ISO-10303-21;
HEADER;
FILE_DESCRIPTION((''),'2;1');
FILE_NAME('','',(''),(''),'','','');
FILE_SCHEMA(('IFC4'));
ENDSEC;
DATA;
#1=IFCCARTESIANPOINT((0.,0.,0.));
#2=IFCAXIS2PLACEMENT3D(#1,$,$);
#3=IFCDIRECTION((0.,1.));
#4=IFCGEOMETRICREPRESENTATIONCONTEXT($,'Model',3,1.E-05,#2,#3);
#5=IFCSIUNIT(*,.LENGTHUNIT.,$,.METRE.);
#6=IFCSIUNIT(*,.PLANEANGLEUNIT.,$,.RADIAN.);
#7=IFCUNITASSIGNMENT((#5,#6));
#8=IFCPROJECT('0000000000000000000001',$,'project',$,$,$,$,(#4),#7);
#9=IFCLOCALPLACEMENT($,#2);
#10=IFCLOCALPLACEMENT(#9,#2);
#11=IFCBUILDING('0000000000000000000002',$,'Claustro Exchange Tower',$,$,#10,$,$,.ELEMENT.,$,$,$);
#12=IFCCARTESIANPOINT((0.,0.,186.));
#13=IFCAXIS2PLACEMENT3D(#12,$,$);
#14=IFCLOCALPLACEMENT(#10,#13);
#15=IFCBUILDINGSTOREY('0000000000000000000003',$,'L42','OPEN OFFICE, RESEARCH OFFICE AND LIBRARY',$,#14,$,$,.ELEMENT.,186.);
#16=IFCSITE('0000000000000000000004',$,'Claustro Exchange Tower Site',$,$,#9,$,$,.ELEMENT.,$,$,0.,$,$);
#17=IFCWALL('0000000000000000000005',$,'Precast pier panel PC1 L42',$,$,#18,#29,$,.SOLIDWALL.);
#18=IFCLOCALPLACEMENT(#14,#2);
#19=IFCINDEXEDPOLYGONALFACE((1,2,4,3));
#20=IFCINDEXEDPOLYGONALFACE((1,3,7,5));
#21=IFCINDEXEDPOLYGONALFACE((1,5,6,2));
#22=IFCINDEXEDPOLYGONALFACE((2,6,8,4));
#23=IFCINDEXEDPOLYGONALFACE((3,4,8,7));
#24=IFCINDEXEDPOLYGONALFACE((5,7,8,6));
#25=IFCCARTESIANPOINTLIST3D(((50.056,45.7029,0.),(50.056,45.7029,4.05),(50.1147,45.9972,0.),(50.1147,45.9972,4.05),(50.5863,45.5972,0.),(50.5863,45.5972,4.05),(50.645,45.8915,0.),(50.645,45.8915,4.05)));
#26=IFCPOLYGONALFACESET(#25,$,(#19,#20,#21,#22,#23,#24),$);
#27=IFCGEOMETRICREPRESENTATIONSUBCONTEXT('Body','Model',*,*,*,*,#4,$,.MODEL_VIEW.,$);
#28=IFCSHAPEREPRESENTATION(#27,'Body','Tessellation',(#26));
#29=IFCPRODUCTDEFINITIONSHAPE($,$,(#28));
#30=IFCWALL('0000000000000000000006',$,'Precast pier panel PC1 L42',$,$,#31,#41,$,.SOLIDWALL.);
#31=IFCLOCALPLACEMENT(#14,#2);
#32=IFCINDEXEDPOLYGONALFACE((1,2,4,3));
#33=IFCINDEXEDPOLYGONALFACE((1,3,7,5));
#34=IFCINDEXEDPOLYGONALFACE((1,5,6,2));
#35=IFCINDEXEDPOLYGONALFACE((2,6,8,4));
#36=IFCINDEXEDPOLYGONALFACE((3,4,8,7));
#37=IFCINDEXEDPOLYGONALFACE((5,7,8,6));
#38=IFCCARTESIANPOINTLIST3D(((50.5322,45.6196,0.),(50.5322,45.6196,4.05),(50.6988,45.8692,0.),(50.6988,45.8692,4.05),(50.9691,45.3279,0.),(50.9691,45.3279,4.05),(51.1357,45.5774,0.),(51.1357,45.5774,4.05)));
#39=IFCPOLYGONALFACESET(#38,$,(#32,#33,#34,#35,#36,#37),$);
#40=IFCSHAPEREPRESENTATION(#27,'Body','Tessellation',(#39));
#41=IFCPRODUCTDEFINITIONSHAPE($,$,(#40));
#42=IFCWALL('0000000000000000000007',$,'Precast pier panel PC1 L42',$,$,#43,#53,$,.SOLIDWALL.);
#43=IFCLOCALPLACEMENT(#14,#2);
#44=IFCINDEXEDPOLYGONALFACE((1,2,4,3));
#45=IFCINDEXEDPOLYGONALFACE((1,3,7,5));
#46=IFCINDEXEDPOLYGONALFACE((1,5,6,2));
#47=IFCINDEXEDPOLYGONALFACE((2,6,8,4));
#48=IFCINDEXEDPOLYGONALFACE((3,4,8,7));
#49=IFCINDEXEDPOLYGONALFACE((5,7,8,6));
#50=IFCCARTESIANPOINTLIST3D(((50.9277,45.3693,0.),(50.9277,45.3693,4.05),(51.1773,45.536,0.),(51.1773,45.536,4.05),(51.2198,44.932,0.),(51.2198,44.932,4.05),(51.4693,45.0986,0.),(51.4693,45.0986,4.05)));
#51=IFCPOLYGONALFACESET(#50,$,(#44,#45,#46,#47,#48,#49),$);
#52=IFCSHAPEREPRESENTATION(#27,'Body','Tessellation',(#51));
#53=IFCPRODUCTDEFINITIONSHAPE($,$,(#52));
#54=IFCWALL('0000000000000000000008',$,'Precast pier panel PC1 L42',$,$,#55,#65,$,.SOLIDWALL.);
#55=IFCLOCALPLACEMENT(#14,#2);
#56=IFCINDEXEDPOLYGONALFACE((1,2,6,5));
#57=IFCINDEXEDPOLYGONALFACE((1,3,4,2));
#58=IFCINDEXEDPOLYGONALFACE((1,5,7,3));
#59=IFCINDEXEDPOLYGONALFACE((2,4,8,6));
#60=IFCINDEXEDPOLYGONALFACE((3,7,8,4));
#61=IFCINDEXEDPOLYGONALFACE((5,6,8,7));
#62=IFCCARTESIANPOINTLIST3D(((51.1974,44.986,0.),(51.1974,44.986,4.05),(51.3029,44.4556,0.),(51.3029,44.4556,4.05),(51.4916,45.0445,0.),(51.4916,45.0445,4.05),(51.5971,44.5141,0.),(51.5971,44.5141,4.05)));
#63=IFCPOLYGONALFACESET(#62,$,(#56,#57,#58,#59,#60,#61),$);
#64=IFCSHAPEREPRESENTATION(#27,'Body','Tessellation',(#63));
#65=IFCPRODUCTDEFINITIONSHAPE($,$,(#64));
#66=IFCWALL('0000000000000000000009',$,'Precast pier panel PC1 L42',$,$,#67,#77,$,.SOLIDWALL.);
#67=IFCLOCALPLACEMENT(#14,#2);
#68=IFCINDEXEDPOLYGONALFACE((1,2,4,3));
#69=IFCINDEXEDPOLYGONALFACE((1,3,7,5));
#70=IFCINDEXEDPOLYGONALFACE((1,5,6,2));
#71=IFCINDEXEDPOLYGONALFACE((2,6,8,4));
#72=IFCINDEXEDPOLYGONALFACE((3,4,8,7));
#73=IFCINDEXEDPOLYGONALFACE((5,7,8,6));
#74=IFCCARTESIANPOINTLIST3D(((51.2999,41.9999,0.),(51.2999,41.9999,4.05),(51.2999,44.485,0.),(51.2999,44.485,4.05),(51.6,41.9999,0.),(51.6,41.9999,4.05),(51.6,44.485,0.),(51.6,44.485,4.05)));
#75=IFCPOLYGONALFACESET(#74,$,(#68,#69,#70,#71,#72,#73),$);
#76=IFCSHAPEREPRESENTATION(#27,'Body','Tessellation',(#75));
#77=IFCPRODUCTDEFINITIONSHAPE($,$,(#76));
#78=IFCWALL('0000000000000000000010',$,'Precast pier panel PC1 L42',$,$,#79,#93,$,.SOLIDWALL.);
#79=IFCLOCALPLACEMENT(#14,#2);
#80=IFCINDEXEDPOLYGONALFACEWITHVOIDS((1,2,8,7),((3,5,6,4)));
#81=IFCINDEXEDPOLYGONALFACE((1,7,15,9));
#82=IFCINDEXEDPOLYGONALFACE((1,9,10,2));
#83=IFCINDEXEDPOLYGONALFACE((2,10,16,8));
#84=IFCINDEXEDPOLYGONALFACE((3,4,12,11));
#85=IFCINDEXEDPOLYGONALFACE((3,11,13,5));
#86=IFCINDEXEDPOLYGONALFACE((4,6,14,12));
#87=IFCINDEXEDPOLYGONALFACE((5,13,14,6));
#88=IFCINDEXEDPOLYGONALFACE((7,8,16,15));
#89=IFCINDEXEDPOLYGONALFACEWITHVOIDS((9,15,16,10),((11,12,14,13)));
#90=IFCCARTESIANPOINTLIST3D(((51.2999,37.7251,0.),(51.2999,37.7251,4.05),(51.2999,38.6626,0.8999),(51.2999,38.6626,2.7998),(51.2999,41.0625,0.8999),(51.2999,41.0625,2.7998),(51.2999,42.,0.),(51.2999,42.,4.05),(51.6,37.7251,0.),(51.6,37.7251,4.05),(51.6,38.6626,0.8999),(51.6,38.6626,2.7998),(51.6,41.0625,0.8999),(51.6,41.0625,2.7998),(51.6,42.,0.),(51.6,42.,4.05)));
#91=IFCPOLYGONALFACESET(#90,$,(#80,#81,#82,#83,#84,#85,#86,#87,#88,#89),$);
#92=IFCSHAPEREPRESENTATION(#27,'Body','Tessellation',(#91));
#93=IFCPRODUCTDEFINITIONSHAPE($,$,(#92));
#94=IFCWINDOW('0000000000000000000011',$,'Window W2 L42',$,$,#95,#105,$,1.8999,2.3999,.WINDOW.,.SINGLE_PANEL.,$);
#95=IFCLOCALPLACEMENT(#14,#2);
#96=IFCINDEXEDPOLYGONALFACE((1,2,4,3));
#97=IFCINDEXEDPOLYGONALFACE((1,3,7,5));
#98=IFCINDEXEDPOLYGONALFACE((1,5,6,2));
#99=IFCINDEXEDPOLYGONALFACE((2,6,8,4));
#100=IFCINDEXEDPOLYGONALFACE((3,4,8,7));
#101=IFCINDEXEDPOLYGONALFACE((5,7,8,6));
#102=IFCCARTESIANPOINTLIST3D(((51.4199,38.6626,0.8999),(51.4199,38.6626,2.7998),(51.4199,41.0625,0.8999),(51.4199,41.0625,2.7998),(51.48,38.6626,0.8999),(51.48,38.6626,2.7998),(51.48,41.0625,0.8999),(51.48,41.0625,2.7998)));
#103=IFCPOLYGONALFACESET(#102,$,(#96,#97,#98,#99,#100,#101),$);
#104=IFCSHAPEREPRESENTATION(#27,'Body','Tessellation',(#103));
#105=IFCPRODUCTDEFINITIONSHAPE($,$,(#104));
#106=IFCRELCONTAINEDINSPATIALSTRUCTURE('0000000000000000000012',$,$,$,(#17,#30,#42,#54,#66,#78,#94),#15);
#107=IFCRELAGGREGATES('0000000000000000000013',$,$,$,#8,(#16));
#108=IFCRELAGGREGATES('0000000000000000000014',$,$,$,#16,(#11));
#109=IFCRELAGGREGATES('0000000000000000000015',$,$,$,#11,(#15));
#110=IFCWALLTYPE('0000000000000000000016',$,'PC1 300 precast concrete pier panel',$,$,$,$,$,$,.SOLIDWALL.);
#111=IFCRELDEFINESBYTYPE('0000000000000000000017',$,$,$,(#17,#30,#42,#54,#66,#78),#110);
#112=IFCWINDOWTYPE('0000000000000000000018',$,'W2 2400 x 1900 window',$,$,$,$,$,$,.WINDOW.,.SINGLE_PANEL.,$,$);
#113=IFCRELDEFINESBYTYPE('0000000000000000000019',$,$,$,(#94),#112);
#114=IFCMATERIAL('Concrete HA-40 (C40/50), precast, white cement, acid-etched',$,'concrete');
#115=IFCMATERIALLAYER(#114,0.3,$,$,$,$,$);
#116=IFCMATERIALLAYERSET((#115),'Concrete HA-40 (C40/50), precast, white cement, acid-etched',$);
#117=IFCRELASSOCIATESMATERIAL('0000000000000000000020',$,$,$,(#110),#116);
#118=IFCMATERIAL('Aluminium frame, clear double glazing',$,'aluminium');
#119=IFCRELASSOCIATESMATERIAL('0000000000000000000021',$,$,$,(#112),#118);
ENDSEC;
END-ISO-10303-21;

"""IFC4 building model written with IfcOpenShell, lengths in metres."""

from ifc_helpers import new_model, si_unit, direction, frame, frame_2d, origin, place, context, subcontext, project, spatial, rectangle, extrude, material, layer, layer_set, type_object, element, fill, save


model = new_model("IFC4")

# Units and contexts
model_context = context("Model", 3, precision=1e-05, world=origin(), true_north=direction((0.0, 1.0)))
body_context = subcontext(model_context, "Body", "Model", "MODEL_VIEW")
ifc_project = project(units=[si_unit("LENGTHUNIT", "METRE"), si_unit("PLANEANGLEUNIT", "RADIAN")], contexts=[model_context])

# Site, building, storey
site_placement = place(None, origin())
site = spatial("IfcSite", under=ifc_project, at=site_placement, Name="Claustro Exchange Tower Site", CompositionType="ELEMENT", RefElevation=0.0)
building_placement = place(site_placement, origin())
building = spatial("IfcBuilding", under=site, at=building_placement, Name="Claustro Exchange Tower", CompositionType="ELEMENT")
storey_placement = place(building_placement, frame((0.0, 0.0, 186.0)))
storey = spatial("IfcBuildingStorey", under=building, at=storey_placement, Name="L42", Description="OPEN OFFICE, RESEARCH OFFICE AND LIBRARY", CompositionType="ELEMENT", Elevation=186.0)

# Shared definitions
ifc_material_1 = material(Name="Concrete HA-40 (C40/50), precast, white cement, acid-etched", Category="concrete")
ifc_layer_1 = layer(ifc_material_1, 0.3)
ifc_layer_set_1 = layer_set([ifc_layer_1], Name="Concrete HA-40 (C40/50), precast, white cement, acid-etched")
wall_type_1 = type_object("IfcWallType", Name="PC1 300 precast concrete pier panel", PredefinedType="SOLIDWALL", material=ifc_layer_set_1)

# Walls
wall_1_placement = place(storey_placement, frame((50.0852, 45.8501, 0.0), z_axis=(0.0, 0.0, 1.0), x_axis=(0.980702, -0.195508, 0.0)))
element("IfcWall", 1, at=wall_1_placement, inside=storey, type_object=wall_type_1, Name="Precast pier panel PC1 L42", PredefinedType="SOLIDWALL", context=body_context, shape_type="SweptSolid", body=[
    extrude(rectangle(XDim=0.5408, YDim=0.3, at=frame_2d((0.2705, 0.0))), origin(), (0.0, 0.0, 1.0), 4.05),
])
wall_2_placement = place(storey_placement, frame((50.6155, 45.7444, 0.0), z_axis=(0.0, 0.0, 1.0), x_axis=(0.831693, -0.555236, 0.0)))
element("IfcWall", 2, at=wall_2_placement, inside=storey, type_object=wall_type_1, Name="Precast pier panel PC1 L42", PredefinedType="SOLIDWALL", context=body_context, shape_type="SweptSolid", body=[
    extrude(rectangle(XDim=0.5254, YDim=0.3, at=frame_2d((0.2627, 0.0))), origin(), (0.0, 0.0, 1.0), 4.05),
])
wall_3_placement = place(storey_placement, frame((51.0525, 45.4526, 0.0), z_axis=(0.0, 0.0, 1.0), x_axis=(0.555343, -0.831621, 0.0)))
element("IfcWall", 3, at=wall_3_placement, inside=storey, type_object=wall_type_1, Name="Precast pier panel PC1 L42", PredefinedType="SOLIDWALL", context=body_context, shape_type="SweptSolid", body=[
    extrude(rectangle(XDim=0.5259, YDim=0.3, at=frame_2d((0.2629, 0.0))), origin(), (0.0, 0.0, 1.0), 4.05),
])
wall_4_placement = place(storey_placement, frame((51.3445, 45.0154, 0.0), z_axis=(0.0, 0.0, 1.0), x_axis=(0.195074, -0.980789, 0.0)))
element("IfcWall", 4, at=wall_4_placement, inside=storey, type_object=wall_type_1, Name="Precast pier panel PC1 L42", PredefinedType="SOLIDWALL", context=body_context, shape_type="SweptSolid", body=[
    extrude(rectangle(XDim=0.5408, YDim=0.3, at=frame_2d((0.2705, 0.0))), origin(), (0.0, 0.0, 1.0), 4.05),
])
wall_5_placement = place(storey_placement, frame((51.45, 44.4851, 0.0), z_axis=(0.0, 0.0, 1.0), x_axis=(0.0, -1.0, 0.0)))
element("IfcWall", 5, at=wall_5_placement, inside=storey, type_object=wall_type_1, Name="Precast pier panel PC1 L42", PredefinedType="SOLIDWALL", context=body_context, shape_type="SweptSolid", body=[
    extrude(rectangle(XDim=2.4851, YDim=0.3, at=frame_2d((1.2427, 0.0))), origin(), (0.0, 0.0, 1.0), 4.05),
])

# Wall, opening, window
wall_6_placement = place(storey_placement, frame((51.45, 42.0, 0.0), z_axis=(0.0, 0.0, 1.0), x_axis=(0.0, -1.0, 0.0)))
wall_6 = element("IfcWall", 6, at=wall_6_placement, inside=storey, type_object=wall_type_1, Name="Precast pier panel PC1 L42", PredefinedType="SOLIDWALL", context=body_context, shape_type="SweptSolid", body=[
    extrude(rectangle(XDim=4.2749, YDim=0.3, at=frame_2d((2.1375, 0.0))), origin(), (0.0, 0.0, 1.0), 4.05),
])
opening_1_placement = place(wall_6_placement, frame((0.9375, 0.0, 0.8999)))
opening_1 = element("IfcOpeningElement", 7, at=opening_1_placement, cuts=wall_6, PredefinedType="OPENING", context=body_context, shape_type="SweptSolid", body=[
    extrude(rectangle(XDim=2.3999, YDim=1.8999, at=frame_2d((1.2, 0.95))), frame((0.0, 0.1599, 0.0), z_axis=(0.0, -1.0, 0.0), x_axis=(1.0, 0.0, 0.0)), (0.0, 0.0, 1.0), 0.3201),
])
ifc_material_2 = material(Name="Aluminium frame, clear double glazing", Category="aluminium")
window_type_1 = type_object("IfcWindowType", Name="W2 2400 x 1900 window", PartitioningType="SINGLE_PANEL", PredefinedType="WINDOW", material=ifc_material_2)
window_1_placement = place(opening_1_placement, origin())
window_1 = element("IfcWindow", 8, at=window_1_placement, inside=storey, type_object=window_type_1, Name="Window W2 L42", OverallHeight=1.8999, OverallWidth=2.3999, PartitioningType="SINGLE_PANEL", PredefinedType="WINDOW", context=body_context, shape_type="SweptSolid", body=[
    extrude(rectangle(XDim=2.3999, YDim=1.8999, at=frame_2d((1.2, 0.95))), frame((0.0, 0.03, 0.0), z_axis=(0.0, -1.0, 0.0), x_axis=(1.0, 0.0, 0.0)), (0.0, 0.0, 1.0), 0.0601),
])
fill(opening_1, window_1)

save(model, "model.ifc")
